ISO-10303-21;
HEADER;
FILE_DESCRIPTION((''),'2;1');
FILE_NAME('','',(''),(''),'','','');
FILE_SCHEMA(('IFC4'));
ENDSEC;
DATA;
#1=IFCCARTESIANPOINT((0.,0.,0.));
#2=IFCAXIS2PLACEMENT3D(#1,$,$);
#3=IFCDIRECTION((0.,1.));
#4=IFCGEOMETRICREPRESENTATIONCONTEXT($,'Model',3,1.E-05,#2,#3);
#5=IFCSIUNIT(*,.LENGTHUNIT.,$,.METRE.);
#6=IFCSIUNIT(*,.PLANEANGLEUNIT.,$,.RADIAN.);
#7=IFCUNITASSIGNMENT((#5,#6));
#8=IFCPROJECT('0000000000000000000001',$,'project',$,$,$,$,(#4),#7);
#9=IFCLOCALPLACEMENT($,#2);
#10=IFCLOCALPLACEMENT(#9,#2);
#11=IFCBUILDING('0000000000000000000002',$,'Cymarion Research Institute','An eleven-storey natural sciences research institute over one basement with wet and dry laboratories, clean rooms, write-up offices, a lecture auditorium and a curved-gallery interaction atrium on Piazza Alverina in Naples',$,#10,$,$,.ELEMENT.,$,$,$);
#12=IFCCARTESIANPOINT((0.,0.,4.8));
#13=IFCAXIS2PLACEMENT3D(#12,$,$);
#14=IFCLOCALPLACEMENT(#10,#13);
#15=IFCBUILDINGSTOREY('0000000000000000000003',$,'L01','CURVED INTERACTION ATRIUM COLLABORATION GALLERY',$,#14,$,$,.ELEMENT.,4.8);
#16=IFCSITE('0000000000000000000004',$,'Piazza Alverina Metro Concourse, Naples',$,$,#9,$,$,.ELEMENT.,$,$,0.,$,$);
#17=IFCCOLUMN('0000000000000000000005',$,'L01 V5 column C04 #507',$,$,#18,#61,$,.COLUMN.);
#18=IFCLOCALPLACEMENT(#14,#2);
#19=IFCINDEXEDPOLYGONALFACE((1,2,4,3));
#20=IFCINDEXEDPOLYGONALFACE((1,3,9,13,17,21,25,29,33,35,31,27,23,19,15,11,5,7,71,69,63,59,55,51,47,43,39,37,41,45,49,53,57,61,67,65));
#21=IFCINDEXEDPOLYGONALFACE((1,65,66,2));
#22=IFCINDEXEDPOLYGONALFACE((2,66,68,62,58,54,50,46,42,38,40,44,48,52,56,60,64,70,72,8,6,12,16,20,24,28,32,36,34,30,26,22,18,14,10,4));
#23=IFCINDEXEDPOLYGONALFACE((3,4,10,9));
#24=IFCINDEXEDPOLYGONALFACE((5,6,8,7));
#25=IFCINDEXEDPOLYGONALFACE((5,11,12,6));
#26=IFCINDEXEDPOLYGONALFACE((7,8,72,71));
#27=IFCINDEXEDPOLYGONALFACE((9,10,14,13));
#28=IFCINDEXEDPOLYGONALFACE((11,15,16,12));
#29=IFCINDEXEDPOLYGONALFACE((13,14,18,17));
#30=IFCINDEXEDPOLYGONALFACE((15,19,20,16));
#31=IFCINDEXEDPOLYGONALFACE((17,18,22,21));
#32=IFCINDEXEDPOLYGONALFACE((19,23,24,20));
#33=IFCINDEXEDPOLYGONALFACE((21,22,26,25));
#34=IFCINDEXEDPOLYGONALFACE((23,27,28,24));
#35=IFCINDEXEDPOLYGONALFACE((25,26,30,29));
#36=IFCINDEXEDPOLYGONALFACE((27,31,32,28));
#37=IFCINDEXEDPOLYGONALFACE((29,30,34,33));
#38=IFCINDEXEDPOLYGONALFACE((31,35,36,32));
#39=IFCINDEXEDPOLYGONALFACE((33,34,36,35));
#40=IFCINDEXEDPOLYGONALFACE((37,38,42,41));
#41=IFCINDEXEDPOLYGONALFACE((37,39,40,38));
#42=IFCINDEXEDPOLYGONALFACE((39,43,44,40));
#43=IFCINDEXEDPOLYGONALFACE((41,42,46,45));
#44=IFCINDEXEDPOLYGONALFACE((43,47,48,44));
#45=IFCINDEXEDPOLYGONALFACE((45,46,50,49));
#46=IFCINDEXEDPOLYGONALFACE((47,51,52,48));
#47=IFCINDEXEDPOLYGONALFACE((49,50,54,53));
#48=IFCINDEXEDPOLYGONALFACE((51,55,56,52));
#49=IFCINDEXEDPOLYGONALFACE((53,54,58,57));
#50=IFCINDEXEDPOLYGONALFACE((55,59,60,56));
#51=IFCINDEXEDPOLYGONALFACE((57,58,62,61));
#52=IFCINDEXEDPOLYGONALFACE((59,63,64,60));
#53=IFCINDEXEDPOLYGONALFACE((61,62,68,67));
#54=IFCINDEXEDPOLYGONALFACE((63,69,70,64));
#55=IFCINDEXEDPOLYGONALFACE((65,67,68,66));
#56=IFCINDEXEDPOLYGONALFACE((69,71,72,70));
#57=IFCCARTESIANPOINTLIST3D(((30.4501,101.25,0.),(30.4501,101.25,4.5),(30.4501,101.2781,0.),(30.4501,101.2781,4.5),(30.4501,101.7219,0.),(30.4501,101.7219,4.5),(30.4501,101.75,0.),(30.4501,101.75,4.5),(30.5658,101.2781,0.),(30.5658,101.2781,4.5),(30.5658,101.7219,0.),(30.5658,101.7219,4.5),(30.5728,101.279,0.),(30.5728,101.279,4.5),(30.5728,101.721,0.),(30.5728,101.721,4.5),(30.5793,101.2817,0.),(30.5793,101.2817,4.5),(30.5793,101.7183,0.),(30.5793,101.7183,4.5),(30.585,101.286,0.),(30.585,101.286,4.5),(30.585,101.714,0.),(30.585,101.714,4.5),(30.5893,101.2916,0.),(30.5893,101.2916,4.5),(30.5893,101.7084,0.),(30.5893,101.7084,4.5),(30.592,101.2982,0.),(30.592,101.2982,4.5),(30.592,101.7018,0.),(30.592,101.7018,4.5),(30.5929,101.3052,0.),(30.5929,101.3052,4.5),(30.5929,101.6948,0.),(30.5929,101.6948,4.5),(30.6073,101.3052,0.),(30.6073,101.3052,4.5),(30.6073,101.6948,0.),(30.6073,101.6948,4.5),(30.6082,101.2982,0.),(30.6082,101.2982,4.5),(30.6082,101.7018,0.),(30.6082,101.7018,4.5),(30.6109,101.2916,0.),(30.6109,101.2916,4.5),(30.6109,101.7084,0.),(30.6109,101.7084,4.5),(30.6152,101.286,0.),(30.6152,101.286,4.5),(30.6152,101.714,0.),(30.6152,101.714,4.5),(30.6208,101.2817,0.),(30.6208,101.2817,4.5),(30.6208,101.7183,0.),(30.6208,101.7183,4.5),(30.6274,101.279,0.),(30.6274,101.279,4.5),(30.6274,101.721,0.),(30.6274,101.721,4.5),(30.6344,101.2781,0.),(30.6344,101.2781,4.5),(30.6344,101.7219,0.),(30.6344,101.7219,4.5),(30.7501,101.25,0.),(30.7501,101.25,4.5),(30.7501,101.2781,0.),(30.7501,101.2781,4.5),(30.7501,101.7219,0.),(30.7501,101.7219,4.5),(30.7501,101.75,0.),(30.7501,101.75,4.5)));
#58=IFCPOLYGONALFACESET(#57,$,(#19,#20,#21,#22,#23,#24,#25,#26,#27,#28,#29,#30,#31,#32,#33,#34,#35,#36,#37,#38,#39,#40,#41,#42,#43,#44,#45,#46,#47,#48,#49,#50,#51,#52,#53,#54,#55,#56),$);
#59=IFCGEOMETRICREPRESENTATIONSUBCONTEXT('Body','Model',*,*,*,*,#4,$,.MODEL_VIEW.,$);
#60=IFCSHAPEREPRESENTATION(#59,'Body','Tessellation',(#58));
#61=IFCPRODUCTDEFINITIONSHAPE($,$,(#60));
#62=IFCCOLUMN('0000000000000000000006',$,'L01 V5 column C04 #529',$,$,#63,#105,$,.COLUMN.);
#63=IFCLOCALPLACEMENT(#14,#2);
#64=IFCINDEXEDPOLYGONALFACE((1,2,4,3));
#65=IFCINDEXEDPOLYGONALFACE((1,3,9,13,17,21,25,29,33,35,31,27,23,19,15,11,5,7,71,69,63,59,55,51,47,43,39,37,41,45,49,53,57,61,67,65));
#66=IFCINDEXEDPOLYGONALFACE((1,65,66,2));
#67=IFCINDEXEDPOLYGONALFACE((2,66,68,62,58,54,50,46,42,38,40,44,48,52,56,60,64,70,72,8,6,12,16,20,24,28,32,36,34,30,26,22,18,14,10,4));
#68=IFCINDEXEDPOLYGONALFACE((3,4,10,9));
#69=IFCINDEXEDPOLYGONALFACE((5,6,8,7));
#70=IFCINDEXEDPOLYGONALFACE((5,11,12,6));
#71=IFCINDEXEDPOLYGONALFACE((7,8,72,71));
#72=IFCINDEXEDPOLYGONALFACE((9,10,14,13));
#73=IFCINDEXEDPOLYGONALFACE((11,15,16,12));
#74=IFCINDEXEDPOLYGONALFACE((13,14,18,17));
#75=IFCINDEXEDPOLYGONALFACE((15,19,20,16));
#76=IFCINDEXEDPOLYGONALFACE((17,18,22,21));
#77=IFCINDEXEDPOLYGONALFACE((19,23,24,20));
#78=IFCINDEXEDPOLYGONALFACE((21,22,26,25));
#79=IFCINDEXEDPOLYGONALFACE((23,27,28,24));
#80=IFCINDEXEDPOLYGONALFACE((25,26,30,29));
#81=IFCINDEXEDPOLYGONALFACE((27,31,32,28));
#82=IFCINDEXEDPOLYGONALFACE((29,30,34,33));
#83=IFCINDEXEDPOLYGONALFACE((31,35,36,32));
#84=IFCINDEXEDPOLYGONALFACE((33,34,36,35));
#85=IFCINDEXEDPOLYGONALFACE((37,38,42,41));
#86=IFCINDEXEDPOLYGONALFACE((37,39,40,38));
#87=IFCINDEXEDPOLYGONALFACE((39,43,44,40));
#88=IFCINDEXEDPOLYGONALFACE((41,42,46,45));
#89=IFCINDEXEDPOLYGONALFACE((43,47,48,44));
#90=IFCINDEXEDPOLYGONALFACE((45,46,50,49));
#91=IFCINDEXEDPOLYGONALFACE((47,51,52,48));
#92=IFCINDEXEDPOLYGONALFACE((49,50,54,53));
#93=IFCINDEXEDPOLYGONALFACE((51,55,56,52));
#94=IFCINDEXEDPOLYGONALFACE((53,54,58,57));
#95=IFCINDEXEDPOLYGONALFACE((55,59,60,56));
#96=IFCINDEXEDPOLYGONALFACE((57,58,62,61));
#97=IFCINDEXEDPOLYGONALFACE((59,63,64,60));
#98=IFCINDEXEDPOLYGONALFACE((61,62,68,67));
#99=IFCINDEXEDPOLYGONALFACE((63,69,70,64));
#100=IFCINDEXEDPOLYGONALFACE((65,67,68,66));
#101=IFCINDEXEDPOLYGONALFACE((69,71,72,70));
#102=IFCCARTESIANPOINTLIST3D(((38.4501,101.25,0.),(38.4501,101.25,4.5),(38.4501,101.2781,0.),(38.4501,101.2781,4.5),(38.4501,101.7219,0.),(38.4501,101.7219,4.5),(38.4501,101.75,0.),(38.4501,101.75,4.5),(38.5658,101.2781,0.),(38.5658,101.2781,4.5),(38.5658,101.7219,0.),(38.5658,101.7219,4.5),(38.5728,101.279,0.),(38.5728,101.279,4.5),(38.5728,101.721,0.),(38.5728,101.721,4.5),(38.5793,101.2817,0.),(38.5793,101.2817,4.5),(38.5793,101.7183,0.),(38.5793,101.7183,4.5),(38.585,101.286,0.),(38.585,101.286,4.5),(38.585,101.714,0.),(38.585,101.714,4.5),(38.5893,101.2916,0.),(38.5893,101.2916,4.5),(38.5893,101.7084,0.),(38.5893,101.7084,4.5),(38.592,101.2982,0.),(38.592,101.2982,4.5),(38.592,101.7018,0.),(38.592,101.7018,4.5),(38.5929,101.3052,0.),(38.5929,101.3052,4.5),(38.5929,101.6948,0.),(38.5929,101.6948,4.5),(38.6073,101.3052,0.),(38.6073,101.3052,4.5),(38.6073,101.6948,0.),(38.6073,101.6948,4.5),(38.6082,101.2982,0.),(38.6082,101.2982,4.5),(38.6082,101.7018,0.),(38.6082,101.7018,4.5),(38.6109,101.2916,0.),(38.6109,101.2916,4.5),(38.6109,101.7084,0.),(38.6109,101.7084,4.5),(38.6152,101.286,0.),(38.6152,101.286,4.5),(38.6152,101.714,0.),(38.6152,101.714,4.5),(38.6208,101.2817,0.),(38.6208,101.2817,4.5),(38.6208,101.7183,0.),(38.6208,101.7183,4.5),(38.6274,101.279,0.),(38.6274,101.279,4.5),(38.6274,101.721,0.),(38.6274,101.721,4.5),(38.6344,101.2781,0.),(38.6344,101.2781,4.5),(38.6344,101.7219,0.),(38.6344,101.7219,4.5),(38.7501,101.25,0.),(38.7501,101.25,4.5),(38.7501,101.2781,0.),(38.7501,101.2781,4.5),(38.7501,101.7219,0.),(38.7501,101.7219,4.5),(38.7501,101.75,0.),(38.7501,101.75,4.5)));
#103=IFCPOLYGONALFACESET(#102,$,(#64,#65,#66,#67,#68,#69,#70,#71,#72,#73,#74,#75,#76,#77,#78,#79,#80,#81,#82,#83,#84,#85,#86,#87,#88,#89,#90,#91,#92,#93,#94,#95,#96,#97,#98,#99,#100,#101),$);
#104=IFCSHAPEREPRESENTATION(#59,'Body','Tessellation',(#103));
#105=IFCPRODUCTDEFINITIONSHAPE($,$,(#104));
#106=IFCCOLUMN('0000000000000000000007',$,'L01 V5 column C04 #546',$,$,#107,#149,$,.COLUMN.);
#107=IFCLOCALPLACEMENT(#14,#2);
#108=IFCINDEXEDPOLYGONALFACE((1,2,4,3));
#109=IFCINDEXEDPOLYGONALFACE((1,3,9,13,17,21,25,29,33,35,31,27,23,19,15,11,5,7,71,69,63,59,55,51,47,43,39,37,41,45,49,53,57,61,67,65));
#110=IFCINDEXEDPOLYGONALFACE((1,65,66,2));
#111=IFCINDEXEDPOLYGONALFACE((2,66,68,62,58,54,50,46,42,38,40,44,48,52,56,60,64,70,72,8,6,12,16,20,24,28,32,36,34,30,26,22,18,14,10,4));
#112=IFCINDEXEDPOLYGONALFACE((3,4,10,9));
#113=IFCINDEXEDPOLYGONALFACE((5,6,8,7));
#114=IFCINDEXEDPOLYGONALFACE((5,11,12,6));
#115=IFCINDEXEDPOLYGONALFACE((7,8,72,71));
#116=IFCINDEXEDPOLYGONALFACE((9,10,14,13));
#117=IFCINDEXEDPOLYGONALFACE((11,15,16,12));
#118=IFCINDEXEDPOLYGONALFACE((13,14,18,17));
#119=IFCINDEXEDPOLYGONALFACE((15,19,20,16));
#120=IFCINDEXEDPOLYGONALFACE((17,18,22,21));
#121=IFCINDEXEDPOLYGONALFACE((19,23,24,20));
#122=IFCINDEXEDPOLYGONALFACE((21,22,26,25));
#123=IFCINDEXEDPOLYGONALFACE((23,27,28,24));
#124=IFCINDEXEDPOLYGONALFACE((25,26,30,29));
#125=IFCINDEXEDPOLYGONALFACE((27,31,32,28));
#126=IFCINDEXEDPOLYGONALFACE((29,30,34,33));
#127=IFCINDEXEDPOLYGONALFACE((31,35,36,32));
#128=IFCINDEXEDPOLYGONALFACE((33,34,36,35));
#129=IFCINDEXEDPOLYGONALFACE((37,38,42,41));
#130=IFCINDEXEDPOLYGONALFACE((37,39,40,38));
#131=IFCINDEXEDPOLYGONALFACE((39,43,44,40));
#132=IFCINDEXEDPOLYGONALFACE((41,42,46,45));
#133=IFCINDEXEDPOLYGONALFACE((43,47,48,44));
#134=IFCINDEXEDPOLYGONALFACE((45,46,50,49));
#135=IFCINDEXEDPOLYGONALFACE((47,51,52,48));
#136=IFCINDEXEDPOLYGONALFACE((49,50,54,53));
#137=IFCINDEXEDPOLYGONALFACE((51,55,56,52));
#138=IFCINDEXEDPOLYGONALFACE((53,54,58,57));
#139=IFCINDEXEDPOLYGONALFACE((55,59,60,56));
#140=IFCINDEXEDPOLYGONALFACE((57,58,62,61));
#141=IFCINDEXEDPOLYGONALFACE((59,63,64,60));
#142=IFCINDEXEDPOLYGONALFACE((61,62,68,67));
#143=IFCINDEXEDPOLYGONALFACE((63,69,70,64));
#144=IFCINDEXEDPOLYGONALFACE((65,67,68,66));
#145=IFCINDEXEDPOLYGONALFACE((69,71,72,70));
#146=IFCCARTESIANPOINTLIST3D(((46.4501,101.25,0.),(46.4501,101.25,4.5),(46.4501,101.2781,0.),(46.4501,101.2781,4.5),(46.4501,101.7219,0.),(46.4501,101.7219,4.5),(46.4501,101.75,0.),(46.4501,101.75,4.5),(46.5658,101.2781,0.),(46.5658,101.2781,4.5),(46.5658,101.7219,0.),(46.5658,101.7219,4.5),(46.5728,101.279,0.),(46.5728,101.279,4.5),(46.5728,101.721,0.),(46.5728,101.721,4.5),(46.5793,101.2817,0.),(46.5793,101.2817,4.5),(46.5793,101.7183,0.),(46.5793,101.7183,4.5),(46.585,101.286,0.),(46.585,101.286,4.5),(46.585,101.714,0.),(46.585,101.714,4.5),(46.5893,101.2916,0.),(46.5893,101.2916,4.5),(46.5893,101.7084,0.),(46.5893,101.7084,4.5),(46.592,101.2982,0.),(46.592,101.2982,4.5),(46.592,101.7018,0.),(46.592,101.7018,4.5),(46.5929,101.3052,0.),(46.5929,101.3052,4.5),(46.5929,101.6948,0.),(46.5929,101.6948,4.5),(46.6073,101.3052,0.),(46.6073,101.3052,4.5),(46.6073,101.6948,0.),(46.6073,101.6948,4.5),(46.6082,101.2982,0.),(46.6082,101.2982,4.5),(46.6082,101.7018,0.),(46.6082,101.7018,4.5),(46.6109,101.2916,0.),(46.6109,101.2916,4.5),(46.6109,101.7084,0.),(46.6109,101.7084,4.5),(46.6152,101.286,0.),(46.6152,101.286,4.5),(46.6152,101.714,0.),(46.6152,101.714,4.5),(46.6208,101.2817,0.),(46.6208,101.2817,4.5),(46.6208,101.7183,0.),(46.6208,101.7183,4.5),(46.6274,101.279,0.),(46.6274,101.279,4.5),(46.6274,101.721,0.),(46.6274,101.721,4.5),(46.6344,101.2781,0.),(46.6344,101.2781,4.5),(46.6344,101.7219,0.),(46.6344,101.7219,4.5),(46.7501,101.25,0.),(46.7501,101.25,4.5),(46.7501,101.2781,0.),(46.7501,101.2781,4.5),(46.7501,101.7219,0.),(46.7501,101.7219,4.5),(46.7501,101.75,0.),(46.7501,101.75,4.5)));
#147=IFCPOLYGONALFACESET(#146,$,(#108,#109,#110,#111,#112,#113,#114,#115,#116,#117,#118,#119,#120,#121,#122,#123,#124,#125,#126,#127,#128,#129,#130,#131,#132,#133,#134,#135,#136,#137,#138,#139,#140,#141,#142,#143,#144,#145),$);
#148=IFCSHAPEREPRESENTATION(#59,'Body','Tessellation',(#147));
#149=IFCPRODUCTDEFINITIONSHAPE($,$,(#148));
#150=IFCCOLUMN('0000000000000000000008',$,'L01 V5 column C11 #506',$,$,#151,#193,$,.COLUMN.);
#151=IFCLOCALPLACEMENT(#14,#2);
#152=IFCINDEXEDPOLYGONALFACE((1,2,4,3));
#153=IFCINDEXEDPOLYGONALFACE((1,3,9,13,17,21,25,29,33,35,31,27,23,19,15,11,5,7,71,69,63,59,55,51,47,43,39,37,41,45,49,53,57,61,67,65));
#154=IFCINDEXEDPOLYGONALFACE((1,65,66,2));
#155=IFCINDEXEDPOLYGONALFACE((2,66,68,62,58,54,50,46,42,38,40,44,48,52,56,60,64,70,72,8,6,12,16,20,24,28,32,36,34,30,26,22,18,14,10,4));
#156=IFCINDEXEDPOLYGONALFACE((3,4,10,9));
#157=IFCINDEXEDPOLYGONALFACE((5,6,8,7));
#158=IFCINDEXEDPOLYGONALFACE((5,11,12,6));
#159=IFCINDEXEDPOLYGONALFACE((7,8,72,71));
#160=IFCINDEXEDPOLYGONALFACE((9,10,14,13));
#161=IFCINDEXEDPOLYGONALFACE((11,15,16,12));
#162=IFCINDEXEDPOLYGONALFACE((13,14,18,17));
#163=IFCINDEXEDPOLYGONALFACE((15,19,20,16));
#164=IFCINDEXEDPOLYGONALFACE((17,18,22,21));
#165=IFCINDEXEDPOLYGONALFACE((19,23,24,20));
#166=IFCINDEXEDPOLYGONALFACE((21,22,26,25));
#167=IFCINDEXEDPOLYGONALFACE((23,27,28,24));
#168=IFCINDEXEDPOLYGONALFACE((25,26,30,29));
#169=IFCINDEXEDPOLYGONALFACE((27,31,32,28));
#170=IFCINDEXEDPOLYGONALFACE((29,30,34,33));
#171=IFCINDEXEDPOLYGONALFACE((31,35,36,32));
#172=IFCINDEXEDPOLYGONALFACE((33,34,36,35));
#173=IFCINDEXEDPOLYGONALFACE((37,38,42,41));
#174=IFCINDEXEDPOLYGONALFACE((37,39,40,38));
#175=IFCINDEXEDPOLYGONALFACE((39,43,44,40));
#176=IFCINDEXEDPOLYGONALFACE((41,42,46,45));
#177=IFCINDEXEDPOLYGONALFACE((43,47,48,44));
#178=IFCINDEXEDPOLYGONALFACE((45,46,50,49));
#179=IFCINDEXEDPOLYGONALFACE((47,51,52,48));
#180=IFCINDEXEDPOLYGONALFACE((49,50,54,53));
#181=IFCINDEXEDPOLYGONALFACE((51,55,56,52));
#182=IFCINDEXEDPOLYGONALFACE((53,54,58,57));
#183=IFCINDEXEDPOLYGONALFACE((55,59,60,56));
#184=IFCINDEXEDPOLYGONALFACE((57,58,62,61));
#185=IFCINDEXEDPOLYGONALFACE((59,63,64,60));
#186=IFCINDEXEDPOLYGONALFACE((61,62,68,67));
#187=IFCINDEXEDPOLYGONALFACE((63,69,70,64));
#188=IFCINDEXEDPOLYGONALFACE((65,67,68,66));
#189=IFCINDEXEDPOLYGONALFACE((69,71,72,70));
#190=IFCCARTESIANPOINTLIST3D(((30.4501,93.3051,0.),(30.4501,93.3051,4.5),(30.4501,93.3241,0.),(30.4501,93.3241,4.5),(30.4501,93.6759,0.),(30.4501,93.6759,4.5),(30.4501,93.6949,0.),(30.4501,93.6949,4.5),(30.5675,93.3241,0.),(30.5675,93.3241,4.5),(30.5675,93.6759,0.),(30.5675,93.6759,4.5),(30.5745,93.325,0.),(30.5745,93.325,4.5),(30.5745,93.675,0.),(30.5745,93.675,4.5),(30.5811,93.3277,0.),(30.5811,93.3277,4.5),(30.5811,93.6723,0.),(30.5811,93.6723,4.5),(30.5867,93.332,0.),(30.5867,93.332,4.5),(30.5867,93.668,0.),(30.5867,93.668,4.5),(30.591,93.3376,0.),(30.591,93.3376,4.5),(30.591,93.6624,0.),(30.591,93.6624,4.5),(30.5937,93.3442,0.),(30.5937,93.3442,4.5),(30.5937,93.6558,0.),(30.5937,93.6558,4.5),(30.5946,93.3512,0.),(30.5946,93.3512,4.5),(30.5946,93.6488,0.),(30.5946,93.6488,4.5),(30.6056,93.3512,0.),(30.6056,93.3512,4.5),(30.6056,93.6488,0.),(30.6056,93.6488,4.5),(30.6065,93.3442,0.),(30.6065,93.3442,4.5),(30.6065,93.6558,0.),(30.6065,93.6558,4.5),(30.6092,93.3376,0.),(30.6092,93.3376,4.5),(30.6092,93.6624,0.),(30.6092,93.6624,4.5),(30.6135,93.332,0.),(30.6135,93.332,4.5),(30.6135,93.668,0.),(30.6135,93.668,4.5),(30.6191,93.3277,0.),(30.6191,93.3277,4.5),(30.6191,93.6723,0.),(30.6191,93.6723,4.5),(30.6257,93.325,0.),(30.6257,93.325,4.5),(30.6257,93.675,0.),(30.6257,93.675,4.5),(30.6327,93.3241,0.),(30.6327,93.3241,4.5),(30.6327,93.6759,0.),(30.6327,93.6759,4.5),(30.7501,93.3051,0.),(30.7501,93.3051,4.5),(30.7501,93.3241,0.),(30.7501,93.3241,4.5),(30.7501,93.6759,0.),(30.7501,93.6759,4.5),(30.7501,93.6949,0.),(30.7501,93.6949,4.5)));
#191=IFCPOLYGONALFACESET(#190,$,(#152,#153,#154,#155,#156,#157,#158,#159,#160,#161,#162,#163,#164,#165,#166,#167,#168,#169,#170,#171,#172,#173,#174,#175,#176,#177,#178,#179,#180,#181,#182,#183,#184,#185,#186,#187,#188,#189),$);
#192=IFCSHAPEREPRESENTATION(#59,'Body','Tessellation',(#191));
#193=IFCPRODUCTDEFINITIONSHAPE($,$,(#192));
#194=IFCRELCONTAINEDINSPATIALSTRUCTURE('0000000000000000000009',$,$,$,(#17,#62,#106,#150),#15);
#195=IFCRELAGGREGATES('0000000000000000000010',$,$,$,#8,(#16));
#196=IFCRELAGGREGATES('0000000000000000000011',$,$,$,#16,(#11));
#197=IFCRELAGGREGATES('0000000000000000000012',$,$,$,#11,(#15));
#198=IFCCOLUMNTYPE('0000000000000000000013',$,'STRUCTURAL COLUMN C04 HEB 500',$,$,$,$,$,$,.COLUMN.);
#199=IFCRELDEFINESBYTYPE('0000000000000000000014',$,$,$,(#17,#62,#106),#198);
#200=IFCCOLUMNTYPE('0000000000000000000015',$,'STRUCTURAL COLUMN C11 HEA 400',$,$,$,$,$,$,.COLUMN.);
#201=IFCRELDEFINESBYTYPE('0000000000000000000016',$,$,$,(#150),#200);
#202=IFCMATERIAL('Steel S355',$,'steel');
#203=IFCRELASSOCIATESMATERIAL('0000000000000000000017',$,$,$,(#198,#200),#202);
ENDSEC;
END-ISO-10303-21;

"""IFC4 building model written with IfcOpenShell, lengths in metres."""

from ifc_helpers import new_model, si_unit, direction, frame, origin, origin_2d, place, context, subcontext, project, spatial, i_section, extrude, material, material_profile, profile_set, type_object, element, save


model = new_model("IFC4")

# Units and contexts
model_context = context("Model", 3, precision=1e-05, world=origin(), true_north=direction((0.0, 1.0)))
body_context = subcontext(model_context, "Body", "Model", "MODEL_VIEW")
ifc_project = project(units=[si_unit("LENGTHUNIT", "METRE"), si_unit("PLANEANGLEUNIT", "RADIAN")], contexts=[model_context])

# Site, building, storey
site_placement = place(None, origin())
site = spatial("IfcSite", under=ifc_project, at=site_placement, Name="Piazza Alverina Metro Concourse, Naples", CompositionType="ELEMENT", RefElevation=0.0)
building_placement = place(site_placement, origin())
building = spatial("IfcBuilding", under=site, at=building_placement, Name="Cymarion Research Institute", Description="An eleven-storey natural sciences research institute over one basement with wet and dry laboratories, clean rooms, write-up offices, a lecture auditorium and a curved-gallery interaction atrium on Piazza Alverina in Naples", CompositionType="ELEMENT")
storey_placement = place(building_placement, frame((0.0, 0.0, 4.8)))
storey = spatial("IfcBuildingStorey", under=building, at=storey_placement, Name="L01", Description="CURVED INTERACTION ATRIUM COLLABORATION GALLERY", CompositionType="ELEMENT", Elevation=4.8)

# Columns
ifc_material_1 = material(Name="Steel S355", Category="steel")
ifc_material_profile_1 = material_profile(ifc_material_1, i_section(OverallWidth=0.3, OverallDepth=0.5, WebThickness=0.0144, FlangeThickness=0.0281, FilletRadius=0.0271, at=origin_2d()), Name="HEB 500")
ifc_profile_set_1 = profile_set([ifc_material_profile_1], Name="Steel S355")
column_type_1 = type_object("IfcColumnType", Name="STRUCTURAL COLUMN C04 HEB 500", PredefinedType="COLUMN", material=ifc_profile_set_1)
for number, where, z_axis, x_axis, name in (
    (1, (30.6001, 101.5, 0.0), (0.0, 0.0, 1.0), (1.0, 0.0, 0.0), "L01 V5 column C04 #507"),
    (2, (38.6001, 101.5, 0.0), (0.0, 0.0, 1.0), (1.0, 0.0, 0.0), "L01 V5 column C04 #529"),
    (3, (46.6001, 101.5, 0.0), (0.0, 0.0, 1.0), (1.0, 0.0, 0.0), "L01 V5 column C04 #546"),
):
    element("IfcColumn", number, at=place(storey_placement, frame(where, z_axis=z_axis, x_axis=x_axis)), inside=storey, type_object=column_type_1, Name=name, PredefinedType="COLUMN", context=body_context, shape_type="SweptSolid", body=[
        extrude(i_section(OverallWidth=0.3, OverallDepth=0.5, WebThickness=0.0144, FlangeThickness=0.0281, FilletRadius=0.0271, at=origin_2d()), origin(), (0.0, 0.0, 1.0), 4.5),
    ])
ifc_material_profile_2 = material_profile(ifc_material_1, i_section(OverallWidth=0.3, OverallDepth=0.3899, WebThickness=0.011, FlangeThickness=0.019, FilletRadius=0.0271, at=origin_2d()), Name="HEA 400")
ifc_profile_set_2 = profile_set([ifc_material_profile_2], Name="Steel S355")
column_type_2 = type_object("IfcColumnType", Name="STRUCTURAL COLUMN C11 HEA 400", PredefinedType="COLUMN", material=ifc_profile_set_2)
for number, where, z_axis, x_axis, name in (
    (4, (30.6001, 93.5, 0.0), (0.0, 0.0, 1.0), (1.0, 0.0, 0.0), "L01 V5 column C11 #506"),
):
    element("IfcColumn", number, at=place(storey_placement, frame(where, z_axis=z_axis, x_axis=x_axis)), inside=storey, type_object=column_type_2, Name=name, PredefinedType="COLUMN", context=body_context, shape_type="SweptSolid", body=[
        extrude(i_section(OverallWidth=0.3, OverallDepth=0.3899, WebThickness=0.011, FlangeThickness=0.019, FilletRadius=0.0271, at=origin_2d()), origin(), (0.0, 0.0, 1.0), 4.5),
    ])

save(model, "model.ifc")
